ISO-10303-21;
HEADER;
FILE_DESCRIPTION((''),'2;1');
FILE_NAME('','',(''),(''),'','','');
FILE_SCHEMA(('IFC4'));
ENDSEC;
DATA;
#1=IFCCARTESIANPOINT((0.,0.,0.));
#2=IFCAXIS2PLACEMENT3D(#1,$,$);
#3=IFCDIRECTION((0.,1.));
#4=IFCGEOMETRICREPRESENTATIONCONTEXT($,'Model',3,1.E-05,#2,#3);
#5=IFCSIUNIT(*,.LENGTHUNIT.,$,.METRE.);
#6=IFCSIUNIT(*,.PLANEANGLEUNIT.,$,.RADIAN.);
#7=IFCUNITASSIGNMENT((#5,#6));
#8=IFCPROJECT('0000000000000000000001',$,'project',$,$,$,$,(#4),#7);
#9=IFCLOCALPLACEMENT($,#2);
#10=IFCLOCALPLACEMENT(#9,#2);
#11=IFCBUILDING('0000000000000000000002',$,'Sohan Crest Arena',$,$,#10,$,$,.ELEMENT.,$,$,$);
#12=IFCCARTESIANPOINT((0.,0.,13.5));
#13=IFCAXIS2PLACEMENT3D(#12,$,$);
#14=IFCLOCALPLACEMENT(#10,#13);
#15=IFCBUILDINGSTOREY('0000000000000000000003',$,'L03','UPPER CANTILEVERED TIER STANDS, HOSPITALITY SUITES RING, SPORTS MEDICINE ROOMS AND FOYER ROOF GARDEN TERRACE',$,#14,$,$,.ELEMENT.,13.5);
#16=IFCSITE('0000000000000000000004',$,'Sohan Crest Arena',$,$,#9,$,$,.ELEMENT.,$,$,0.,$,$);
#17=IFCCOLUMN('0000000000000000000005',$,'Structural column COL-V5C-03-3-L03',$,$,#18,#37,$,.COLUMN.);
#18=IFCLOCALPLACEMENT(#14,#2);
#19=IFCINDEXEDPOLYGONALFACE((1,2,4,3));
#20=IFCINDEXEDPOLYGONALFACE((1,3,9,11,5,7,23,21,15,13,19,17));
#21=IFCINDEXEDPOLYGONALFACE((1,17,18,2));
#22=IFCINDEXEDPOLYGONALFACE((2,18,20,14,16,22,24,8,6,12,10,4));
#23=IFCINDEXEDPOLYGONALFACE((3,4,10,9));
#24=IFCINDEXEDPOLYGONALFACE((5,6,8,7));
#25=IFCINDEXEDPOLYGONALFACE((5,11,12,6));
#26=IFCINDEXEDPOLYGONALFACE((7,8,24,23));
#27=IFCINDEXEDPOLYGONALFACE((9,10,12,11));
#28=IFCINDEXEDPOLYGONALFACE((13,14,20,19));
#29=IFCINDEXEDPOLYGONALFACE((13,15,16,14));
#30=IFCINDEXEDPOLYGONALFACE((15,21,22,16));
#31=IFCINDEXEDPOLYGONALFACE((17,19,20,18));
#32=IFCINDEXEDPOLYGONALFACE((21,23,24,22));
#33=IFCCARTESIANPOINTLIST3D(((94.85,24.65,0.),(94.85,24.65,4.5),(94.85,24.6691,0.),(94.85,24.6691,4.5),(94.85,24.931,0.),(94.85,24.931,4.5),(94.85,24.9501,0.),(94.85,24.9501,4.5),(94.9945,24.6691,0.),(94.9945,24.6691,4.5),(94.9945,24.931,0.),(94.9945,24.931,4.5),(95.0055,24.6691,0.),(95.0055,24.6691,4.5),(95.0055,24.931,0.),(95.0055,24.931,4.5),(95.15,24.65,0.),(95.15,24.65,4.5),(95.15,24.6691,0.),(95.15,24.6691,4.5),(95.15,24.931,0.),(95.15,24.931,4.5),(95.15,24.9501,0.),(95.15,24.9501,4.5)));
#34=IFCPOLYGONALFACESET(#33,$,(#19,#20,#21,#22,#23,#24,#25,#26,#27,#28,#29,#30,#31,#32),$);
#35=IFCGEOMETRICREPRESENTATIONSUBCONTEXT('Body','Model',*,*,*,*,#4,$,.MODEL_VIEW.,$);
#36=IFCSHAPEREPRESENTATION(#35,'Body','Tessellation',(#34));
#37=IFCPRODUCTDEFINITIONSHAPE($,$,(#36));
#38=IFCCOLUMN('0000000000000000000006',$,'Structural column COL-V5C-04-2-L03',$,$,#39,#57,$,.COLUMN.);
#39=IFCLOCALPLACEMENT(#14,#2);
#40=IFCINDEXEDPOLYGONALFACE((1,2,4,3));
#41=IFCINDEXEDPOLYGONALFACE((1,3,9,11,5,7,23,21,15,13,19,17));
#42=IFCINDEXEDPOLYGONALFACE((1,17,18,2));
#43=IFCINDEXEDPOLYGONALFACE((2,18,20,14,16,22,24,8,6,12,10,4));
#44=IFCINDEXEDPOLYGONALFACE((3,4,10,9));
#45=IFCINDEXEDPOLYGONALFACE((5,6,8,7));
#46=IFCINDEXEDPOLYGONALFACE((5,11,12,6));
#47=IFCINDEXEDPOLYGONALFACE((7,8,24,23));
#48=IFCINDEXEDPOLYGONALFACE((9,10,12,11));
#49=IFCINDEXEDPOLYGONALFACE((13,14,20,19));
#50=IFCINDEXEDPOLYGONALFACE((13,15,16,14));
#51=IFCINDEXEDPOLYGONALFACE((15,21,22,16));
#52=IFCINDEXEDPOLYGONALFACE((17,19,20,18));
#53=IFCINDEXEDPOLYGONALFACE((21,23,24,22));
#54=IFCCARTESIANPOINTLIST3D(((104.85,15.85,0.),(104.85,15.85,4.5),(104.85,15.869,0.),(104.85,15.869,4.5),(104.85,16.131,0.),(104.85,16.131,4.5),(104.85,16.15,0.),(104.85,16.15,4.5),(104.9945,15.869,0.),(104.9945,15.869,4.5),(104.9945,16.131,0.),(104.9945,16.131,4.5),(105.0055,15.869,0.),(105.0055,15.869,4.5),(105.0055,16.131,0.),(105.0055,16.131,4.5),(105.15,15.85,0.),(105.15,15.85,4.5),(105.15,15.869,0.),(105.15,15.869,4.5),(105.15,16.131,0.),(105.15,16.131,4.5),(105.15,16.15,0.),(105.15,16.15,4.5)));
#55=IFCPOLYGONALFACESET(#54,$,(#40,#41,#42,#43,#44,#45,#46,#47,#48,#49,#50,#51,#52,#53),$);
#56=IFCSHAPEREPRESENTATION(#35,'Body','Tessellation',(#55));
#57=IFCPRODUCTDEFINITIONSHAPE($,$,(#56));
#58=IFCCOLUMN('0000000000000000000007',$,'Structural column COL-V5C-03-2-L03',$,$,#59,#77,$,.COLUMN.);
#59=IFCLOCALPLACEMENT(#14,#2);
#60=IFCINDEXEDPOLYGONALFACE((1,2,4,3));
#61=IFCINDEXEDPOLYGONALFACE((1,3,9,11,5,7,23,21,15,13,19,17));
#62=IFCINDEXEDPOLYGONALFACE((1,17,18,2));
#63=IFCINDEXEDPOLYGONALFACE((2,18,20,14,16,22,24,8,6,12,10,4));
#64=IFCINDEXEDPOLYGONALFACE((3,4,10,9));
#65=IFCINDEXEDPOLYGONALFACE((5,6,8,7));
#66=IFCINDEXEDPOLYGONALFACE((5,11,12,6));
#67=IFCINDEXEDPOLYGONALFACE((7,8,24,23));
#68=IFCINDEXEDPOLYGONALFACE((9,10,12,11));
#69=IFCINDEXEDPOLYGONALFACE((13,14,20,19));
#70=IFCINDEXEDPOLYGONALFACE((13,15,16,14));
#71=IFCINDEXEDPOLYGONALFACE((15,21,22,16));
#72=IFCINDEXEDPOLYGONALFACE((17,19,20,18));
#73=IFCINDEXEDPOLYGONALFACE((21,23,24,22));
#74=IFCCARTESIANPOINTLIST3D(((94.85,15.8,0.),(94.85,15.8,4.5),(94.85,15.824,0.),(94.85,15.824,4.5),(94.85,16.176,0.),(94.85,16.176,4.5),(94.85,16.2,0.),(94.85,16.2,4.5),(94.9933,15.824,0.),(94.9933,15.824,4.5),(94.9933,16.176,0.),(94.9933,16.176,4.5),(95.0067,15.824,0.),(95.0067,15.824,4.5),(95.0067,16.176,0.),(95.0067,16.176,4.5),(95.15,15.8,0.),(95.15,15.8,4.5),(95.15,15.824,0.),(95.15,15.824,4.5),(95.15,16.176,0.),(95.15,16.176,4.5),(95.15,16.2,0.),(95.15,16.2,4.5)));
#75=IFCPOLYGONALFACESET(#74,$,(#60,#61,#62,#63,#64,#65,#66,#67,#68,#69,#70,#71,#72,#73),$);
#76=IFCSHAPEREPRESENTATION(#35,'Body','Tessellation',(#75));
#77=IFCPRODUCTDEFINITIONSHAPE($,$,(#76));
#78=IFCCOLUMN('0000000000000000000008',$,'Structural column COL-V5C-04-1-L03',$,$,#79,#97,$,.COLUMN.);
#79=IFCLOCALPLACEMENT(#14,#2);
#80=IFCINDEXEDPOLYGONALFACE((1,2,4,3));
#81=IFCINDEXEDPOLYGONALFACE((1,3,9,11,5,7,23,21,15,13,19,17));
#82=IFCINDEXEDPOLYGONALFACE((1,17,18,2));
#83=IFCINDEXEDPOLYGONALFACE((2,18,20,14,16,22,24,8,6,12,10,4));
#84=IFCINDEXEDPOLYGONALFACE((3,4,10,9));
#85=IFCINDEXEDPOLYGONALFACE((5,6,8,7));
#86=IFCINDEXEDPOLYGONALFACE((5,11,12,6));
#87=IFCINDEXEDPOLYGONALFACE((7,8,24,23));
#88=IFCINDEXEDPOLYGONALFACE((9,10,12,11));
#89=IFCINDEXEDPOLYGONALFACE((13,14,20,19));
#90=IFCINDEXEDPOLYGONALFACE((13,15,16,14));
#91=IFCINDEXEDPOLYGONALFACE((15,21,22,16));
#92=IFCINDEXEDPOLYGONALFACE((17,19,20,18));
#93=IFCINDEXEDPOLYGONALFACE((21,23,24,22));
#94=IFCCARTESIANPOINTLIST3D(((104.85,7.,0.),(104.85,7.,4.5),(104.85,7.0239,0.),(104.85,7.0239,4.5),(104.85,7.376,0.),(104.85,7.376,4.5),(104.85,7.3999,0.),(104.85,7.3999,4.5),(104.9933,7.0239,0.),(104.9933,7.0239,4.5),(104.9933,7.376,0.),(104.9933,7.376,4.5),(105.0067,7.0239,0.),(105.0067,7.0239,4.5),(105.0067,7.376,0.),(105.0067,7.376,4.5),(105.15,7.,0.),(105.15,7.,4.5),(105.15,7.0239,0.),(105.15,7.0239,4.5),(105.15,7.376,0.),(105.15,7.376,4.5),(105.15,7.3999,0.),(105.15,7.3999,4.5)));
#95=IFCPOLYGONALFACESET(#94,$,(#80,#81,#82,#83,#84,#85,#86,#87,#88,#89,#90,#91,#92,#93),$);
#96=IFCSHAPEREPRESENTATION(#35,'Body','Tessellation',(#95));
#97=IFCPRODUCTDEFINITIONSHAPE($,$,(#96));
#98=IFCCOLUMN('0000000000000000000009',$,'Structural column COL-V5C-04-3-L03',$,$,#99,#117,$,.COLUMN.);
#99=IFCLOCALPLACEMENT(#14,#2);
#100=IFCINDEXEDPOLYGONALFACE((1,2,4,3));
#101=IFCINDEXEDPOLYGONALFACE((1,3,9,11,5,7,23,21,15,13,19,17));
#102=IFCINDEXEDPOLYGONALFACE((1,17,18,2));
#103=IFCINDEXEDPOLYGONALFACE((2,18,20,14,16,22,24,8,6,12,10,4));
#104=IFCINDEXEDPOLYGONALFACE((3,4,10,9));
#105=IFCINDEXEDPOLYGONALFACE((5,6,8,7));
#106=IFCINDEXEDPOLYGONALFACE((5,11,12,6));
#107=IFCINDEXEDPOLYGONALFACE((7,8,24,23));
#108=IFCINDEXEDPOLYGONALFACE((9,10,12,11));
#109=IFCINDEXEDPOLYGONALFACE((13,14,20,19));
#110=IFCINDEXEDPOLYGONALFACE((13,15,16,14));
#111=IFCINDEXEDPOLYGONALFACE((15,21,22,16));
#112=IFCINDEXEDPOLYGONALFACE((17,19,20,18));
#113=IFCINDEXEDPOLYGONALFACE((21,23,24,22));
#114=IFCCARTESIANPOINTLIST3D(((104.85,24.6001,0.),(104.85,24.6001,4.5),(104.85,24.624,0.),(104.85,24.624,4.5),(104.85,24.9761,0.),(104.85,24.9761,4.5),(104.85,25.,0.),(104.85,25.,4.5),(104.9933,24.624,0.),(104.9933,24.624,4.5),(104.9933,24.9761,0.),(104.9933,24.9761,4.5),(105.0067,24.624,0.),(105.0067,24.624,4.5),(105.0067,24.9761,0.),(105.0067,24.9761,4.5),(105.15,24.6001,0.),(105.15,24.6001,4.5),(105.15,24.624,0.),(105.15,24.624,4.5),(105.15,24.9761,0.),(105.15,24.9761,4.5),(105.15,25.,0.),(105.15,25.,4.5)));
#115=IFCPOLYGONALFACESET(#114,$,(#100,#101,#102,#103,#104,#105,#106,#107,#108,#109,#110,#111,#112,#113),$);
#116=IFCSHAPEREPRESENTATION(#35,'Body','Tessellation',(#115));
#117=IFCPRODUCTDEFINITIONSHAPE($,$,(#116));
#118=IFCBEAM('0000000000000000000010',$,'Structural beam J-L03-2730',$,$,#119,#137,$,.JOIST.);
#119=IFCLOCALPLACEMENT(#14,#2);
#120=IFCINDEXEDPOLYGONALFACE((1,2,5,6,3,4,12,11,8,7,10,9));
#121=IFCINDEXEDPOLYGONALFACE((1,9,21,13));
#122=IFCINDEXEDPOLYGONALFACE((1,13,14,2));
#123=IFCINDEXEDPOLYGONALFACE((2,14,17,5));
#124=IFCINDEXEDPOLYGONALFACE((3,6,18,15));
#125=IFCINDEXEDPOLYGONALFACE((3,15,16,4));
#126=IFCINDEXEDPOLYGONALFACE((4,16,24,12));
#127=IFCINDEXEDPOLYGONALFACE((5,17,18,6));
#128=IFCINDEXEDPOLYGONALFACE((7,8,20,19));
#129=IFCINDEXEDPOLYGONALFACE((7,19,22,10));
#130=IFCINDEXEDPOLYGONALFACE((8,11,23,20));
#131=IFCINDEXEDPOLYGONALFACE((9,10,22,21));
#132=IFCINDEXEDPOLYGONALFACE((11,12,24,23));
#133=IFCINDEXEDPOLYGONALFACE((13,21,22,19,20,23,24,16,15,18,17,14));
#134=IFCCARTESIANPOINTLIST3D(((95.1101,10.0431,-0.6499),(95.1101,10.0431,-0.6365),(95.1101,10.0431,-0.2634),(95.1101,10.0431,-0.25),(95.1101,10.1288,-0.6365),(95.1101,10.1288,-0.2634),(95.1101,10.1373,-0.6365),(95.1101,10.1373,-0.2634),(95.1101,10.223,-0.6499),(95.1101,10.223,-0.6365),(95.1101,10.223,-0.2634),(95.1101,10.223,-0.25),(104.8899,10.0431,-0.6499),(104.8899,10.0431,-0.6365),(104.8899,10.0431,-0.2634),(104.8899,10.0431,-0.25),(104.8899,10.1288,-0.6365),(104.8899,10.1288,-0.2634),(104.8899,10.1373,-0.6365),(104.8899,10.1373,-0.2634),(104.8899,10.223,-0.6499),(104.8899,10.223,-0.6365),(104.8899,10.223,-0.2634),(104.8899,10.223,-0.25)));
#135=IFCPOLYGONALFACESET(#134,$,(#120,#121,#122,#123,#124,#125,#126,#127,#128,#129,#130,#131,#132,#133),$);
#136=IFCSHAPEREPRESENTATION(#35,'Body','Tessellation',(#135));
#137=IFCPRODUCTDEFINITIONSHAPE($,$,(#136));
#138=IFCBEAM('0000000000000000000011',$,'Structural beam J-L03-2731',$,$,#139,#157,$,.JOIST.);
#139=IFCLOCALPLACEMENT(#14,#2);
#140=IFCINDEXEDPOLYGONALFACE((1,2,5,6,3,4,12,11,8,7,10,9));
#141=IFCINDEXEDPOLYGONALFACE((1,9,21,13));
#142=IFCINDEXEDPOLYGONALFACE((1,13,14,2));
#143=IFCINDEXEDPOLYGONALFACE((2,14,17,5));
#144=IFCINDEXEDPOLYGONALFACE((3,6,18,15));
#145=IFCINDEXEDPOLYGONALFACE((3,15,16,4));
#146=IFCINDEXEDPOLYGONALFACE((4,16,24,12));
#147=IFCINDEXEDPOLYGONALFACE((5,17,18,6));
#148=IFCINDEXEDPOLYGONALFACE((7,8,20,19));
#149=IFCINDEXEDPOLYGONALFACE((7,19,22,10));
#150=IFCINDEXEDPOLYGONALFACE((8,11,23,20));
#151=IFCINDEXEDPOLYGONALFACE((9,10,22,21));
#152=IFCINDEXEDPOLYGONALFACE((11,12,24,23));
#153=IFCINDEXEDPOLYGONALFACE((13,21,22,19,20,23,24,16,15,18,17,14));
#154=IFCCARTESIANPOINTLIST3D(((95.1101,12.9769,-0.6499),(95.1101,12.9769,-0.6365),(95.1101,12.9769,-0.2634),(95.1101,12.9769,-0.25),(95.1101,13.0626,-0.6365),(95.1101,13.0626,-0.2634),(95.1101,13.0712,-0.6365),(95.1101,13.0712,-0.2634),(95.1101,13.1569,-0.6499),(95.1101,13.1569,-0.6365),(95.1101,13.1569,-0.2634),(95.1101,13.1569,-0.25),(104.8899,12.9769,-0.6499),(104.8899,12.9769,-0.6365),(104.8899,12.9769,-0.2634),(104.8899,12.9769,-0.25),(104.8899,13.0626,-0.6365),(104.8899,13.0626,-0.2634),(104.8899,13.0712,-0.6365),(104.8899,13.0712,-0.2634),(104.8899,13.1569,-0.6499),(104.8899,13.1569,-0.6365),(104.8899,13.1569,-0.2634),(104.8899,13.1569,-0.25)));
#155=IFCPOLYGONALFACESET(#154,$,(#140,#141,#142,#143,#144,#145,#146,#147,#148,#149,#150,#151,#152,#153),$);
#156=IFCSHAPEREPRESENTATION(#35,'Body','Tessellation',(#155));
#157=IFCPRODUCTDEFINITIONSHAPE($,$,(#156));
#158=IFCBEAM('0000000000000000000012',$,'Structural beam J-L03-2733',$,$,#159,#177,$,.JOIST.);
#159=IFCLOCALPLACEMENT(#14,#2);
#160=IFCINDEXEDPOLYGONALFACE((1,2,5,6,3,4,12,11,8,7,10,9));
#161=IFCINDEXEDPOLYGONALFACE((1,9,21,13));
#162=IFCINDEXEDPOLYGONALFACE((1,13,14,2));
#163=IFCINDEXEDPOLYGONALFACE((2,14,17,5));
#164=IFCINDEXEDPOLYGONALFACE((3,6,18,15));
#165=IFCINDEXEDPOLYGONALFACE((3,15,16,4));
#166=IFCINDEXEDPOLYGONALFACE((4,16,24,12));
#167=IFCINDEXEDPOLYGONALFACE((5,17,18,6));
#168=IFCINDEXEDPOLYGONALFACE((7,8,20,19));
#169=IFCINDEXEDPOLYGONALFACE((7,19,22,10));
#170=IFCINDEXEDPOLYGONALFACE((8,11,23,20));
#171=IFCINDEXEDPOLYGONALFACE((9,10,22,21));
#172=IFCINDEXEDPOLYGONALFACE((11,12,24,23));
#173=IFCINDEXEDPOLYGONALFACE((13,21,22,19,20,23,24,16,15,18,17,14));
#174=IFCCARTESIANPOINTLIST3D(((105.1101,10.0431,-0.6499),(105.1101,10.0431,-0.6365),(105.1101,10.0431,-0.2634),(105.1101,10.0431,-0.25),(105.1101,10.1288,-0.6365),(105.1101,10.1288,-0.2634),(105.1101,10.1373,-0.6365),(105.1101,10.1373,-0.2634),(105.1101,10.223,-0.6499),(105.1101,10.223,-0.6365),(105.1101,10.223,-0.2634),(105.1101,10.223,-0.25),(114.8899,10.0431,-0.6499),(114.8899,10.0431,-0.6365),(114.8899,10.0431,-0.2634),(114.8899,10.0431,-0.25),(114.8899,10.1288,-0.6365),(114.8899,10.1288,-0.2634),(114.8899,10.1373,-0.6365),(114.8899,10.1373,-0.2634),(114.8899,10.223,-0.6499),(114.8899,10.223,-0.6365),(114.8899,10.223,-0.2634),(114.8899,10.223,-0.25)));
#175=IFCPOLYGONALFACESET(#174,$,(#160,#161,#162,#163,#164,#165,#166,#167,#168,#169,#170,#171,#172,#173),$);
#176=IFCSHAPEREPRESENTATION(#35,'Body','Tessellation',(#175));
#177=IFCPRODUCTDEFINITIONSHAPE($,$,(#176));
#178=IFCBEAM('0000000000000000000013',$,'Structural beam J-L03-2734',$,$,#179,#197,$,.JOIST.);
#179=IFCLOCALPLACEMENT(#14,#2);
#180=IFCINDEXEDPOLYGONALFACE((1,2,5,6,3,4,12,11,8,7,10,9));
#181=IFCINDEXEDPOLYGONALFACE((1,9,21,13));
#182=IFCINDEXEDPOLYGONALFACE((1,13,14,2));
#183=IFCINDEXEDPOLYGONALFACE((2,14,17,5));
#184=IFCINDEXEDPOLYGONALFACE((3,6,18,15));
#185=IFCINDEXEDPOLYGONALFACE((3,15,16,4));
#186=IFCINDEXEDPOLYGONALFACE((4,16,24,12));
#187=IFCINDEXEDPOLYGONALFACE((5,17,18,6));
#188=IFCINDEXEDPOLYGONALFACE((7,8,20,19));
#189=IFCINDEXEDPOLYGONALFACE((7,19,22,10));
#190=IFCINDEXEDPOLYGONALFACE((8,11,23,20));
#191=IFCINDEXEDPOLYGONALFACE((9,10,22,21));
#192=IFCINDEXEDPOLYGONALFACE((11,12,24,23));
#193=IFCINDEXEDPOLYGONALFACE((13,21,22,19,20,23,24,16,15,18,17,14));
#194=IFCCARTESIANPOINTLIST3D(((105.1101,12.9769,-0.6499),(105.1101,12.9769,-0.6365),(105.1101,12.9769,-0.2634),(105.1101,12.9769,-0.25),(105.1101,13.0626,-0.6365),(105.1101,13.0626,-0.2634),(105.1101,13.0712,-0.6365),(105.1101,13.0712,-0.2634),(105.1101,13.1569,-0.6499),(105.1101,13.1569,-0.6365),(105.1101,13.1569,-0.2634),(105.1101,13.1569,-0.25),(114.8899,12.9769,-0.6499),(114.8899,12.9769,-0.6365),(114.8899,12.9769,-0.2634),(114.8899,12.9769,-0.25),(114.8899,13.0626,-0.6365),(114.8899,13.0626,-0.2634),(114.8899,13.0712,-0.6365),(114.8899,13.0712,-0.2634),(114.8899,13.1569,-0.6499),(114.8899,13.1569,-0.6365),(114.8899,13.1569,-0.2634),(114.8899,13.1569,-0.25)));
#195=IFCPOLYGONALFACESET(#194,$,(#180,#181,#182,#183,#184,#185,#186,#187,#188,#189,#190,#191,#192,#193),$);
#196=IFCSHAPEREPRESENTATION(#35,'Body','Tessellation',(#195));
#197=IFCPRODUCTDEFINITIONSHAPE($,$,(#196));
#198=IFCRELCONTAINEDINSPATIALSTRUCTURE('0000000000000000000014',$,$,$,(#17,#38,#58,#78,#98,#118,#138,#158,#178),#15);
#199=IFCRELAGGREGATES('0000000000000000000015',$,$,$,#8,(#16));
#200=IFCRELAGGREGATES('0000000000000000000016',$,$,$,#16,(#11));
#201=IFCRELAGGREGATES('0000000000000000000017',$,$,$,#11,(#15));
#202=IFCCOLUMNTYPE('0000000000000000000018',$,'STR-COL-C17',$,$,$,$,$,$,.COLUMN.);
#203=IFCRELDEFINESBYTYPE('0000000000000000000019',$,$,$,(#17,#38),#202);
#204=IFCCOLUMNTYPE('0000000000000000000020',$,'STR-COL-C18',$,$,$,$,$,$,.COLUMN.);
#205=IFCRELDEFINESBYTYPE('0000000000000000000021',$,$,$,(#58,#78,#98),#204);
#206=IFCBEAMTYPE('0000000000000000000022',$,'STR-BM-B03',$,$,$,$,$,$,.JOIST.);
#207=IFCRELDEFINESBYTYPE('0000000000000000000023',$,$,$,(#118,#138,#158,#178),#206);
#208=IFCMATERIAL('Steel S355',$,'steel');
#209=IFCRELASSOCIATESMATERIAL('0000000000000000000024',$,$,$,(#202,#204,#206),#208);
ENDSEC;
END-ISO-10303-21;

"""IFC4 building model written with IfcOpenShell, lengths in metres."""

from ifc_helpers import new_model, si_unit, direction, frame, origin, origin_2d, place, context, subcontext, project, spatial, i_section, extrude, material, material_profile, profile_set, type_object, element, save


model = new_model("IFC4")

# Units and contexts
model_context = context("Model", 3, precision=1e-05, world=origin(), true_north=direction((0.0, 1.0)))
body_context = subcontext(model_context, "Body", "Model", "MODEL_VIEW")
ifc_project = project(units=[si_unit("LENGTHUNIT", "METRE"), si_unit("PLANEANGLEUNIT", "RADIAN")], contexts=[model_context])

# Site, building, storey
site_placement = place(None, origin())
site = spatial("IfcSite", under=ifc_project, at=site_placement, Name="Sohan Crest Arena", CompositionType="ELEMENT", RefElevation=0.0)
building_placement = place(site_placement, origin())
building = spatial("IfcBuilding", under=site, at=building_placement, Name="Sohan Crest Arena", CompositionType="ELEMENT")
storey_placement = place(building_placement, frame((0.0, 0.0, 13.5)))
storey = spatial("IfcBuildingStorey", under=building, at=storey_placement, Name="L03", Description="UPPER CANTILEVERED TIER STANDS, HOSPITALITY SUITES RING, SPORTS MEDICINE ROOMS AND FOYER ROOF GARDEN TERRACE", CompositionType="ELEMENT", Elevation=13.5)

# Columns
ifc_material_1 = material(Name="Steel S355", Category="steel")
ifc_material_profile_1 = material_profile(ifc_material_1, i_section(OverallWidth=0.3, OverallDepth=0.3, WebThickness=0.011, FlangeThickness=0.019, at=origin_2d()), Name="HEB 300")
ifc_profile_set_1 = profile_set([ifc_material_profile_1], Name="Steel S355")
column_type_1 = type_object("IfcColumnType", Name="STR-COL-C17", PredefinedType="COLUMN", material=ifc_profile_set_1)
for number, where, z_axis, x_axis, name in (
    (1, (95.0, 24.8, 0.0), (0.0, 0.0, 1.0), (1.0, 0.0, 0.0), "Structural column COL-V5C-03-3-L03"),
    (2, (105.0, 16.0, 0.0), (0.0, 0.0, 1.0), (1.0, 0.0, 0.0), "Structural column COL-V5C-04-2-L03"),
):
    element("IfcColumn", number, at=place(storey_placement, frame(where, z_axis=z_axis, x_axis=x_axis)), inside=storey, type_object=column_type_1, Name=name, PredefinedType="COLUMN", context=body_context, shape_type="SweptSolid", body=[
        extrude(i_section(OverallWidth=0.3, OverallDepth=0.3, WebThickness=0.011, FlangeThickness=0.019, at=origin_2d()), origin(), (0.0, 0.0, 1.0), 4.5),
    ])
ifc_material_profile_2 = material_profile(ifc_material_1, i_section(OverallWidth=0.3, OverallDepth=0.3999, WebThickness=0.0134, FlangeThickness=0.0239, at=origin_2d()), Name="HEB 400")
ifc_profile_set_2 = profile_set([ifc_material_profile_2], Name="Steel S355")
column_type_2 = type_object("IfcColumnType", Name="STR-COL-C18", PredefinedType="COLUMN", material=ifc_profile_set_2)
for number, where, z_axis, x_axis, name in (
    (3, (95.0, 16.0, 0.0), (0.0, 0.0, 1.0), (1.0, 0.0, 0.0), "Structural column COL-V5C-03-2-L03"),
    (4, (105.0, 7.2, 0.0), (0.0, 0.0, 1.0), (1.0, 0.0, 0.0), "Structural column COL-V5C-04-1-L03"),
    (5, (105.0, 24.8, 0.0), (0.0, 0.0, 1.0), (1.0, 0.0, 0.0), "Structural column COL-V5C-04-3-L03"),
):
    element("IfcColumn", number, at=place(storey_placement, frame(where, z_axis=z_axis, x_axis=x_axis)), inside=storey, type_object=column_type_2, Name=name, PredefinedType="COLUMN", context=body_context, shape_type="SweptSolid", body=[
        extrude(i_section(OverallWidth=0.3, OverallDepth=0.3999, WebThickness=0.0134, FlangeThickness=0.0239, at=origin_2d()), origin(), (0.0, 0.0, 1.0), 4.5),
    ])

# Beams
ifc_material_profile_3 = material_profile(ifc_material_1, i_section(OverallWidth=0.1799, OverallDepth=0.3999, WebThickness=0.0085, FlangeThickness=0.0134, at=origin_2d()), Name="IPE 400")
ifc_profile_set_3 = profile_set([ifc_material_profile_3], Name="Steel S355")
beam_type_1 = type_object("IfcBeamType", Name="STR-BM-B03", PredefinedType="JOIST", material=ifc_profile_set_3)
for number, where, z_axis, x_axis, name in (
    (6, (95.1101, 10.1331, -0.45), (1.0, 0.0, 0.0), (0.0, 1.0, 0.0), "Structural beam J-L03-2730"),
    (7, (95.1101, 13.0669, -0.45), (1.0, 0.0, 0.0), (0.0, 1.0, 0.0), "Structural beam J-L03-2731"),
    (8, (105.1101, 10.1331, -0.45), (1.0, 0.0, 0.0), (0.0, 1.0, 0.0), "Structural beam J-L03-2733"),
    (9, (105.1101, 13.0669, -0.45), (1.0, 0.0, 0.0), (0.0, 1.0, 0.0), "Structural beam J-L03-2734"),
):
    element("IfcBeam", number, at=place(storey_placement, frame(where, z_axis=z_axis, x_axis=x_axis)), inside=storey, type_object=beam_type_1, Name=name, PredefinedType="JOIST", context=body_context, shape_type="SweptSolid", body=[
        extrude(i_section(OverallWidth=0.1799, OverallDepth=0.3999, WebThickness=0.0085, FlangeThickness=0.0134, at=origin_2d()), origin(), (0.0, 0.0, 1.0), 9.7798),
    ])

save(model, "model.ifc")
